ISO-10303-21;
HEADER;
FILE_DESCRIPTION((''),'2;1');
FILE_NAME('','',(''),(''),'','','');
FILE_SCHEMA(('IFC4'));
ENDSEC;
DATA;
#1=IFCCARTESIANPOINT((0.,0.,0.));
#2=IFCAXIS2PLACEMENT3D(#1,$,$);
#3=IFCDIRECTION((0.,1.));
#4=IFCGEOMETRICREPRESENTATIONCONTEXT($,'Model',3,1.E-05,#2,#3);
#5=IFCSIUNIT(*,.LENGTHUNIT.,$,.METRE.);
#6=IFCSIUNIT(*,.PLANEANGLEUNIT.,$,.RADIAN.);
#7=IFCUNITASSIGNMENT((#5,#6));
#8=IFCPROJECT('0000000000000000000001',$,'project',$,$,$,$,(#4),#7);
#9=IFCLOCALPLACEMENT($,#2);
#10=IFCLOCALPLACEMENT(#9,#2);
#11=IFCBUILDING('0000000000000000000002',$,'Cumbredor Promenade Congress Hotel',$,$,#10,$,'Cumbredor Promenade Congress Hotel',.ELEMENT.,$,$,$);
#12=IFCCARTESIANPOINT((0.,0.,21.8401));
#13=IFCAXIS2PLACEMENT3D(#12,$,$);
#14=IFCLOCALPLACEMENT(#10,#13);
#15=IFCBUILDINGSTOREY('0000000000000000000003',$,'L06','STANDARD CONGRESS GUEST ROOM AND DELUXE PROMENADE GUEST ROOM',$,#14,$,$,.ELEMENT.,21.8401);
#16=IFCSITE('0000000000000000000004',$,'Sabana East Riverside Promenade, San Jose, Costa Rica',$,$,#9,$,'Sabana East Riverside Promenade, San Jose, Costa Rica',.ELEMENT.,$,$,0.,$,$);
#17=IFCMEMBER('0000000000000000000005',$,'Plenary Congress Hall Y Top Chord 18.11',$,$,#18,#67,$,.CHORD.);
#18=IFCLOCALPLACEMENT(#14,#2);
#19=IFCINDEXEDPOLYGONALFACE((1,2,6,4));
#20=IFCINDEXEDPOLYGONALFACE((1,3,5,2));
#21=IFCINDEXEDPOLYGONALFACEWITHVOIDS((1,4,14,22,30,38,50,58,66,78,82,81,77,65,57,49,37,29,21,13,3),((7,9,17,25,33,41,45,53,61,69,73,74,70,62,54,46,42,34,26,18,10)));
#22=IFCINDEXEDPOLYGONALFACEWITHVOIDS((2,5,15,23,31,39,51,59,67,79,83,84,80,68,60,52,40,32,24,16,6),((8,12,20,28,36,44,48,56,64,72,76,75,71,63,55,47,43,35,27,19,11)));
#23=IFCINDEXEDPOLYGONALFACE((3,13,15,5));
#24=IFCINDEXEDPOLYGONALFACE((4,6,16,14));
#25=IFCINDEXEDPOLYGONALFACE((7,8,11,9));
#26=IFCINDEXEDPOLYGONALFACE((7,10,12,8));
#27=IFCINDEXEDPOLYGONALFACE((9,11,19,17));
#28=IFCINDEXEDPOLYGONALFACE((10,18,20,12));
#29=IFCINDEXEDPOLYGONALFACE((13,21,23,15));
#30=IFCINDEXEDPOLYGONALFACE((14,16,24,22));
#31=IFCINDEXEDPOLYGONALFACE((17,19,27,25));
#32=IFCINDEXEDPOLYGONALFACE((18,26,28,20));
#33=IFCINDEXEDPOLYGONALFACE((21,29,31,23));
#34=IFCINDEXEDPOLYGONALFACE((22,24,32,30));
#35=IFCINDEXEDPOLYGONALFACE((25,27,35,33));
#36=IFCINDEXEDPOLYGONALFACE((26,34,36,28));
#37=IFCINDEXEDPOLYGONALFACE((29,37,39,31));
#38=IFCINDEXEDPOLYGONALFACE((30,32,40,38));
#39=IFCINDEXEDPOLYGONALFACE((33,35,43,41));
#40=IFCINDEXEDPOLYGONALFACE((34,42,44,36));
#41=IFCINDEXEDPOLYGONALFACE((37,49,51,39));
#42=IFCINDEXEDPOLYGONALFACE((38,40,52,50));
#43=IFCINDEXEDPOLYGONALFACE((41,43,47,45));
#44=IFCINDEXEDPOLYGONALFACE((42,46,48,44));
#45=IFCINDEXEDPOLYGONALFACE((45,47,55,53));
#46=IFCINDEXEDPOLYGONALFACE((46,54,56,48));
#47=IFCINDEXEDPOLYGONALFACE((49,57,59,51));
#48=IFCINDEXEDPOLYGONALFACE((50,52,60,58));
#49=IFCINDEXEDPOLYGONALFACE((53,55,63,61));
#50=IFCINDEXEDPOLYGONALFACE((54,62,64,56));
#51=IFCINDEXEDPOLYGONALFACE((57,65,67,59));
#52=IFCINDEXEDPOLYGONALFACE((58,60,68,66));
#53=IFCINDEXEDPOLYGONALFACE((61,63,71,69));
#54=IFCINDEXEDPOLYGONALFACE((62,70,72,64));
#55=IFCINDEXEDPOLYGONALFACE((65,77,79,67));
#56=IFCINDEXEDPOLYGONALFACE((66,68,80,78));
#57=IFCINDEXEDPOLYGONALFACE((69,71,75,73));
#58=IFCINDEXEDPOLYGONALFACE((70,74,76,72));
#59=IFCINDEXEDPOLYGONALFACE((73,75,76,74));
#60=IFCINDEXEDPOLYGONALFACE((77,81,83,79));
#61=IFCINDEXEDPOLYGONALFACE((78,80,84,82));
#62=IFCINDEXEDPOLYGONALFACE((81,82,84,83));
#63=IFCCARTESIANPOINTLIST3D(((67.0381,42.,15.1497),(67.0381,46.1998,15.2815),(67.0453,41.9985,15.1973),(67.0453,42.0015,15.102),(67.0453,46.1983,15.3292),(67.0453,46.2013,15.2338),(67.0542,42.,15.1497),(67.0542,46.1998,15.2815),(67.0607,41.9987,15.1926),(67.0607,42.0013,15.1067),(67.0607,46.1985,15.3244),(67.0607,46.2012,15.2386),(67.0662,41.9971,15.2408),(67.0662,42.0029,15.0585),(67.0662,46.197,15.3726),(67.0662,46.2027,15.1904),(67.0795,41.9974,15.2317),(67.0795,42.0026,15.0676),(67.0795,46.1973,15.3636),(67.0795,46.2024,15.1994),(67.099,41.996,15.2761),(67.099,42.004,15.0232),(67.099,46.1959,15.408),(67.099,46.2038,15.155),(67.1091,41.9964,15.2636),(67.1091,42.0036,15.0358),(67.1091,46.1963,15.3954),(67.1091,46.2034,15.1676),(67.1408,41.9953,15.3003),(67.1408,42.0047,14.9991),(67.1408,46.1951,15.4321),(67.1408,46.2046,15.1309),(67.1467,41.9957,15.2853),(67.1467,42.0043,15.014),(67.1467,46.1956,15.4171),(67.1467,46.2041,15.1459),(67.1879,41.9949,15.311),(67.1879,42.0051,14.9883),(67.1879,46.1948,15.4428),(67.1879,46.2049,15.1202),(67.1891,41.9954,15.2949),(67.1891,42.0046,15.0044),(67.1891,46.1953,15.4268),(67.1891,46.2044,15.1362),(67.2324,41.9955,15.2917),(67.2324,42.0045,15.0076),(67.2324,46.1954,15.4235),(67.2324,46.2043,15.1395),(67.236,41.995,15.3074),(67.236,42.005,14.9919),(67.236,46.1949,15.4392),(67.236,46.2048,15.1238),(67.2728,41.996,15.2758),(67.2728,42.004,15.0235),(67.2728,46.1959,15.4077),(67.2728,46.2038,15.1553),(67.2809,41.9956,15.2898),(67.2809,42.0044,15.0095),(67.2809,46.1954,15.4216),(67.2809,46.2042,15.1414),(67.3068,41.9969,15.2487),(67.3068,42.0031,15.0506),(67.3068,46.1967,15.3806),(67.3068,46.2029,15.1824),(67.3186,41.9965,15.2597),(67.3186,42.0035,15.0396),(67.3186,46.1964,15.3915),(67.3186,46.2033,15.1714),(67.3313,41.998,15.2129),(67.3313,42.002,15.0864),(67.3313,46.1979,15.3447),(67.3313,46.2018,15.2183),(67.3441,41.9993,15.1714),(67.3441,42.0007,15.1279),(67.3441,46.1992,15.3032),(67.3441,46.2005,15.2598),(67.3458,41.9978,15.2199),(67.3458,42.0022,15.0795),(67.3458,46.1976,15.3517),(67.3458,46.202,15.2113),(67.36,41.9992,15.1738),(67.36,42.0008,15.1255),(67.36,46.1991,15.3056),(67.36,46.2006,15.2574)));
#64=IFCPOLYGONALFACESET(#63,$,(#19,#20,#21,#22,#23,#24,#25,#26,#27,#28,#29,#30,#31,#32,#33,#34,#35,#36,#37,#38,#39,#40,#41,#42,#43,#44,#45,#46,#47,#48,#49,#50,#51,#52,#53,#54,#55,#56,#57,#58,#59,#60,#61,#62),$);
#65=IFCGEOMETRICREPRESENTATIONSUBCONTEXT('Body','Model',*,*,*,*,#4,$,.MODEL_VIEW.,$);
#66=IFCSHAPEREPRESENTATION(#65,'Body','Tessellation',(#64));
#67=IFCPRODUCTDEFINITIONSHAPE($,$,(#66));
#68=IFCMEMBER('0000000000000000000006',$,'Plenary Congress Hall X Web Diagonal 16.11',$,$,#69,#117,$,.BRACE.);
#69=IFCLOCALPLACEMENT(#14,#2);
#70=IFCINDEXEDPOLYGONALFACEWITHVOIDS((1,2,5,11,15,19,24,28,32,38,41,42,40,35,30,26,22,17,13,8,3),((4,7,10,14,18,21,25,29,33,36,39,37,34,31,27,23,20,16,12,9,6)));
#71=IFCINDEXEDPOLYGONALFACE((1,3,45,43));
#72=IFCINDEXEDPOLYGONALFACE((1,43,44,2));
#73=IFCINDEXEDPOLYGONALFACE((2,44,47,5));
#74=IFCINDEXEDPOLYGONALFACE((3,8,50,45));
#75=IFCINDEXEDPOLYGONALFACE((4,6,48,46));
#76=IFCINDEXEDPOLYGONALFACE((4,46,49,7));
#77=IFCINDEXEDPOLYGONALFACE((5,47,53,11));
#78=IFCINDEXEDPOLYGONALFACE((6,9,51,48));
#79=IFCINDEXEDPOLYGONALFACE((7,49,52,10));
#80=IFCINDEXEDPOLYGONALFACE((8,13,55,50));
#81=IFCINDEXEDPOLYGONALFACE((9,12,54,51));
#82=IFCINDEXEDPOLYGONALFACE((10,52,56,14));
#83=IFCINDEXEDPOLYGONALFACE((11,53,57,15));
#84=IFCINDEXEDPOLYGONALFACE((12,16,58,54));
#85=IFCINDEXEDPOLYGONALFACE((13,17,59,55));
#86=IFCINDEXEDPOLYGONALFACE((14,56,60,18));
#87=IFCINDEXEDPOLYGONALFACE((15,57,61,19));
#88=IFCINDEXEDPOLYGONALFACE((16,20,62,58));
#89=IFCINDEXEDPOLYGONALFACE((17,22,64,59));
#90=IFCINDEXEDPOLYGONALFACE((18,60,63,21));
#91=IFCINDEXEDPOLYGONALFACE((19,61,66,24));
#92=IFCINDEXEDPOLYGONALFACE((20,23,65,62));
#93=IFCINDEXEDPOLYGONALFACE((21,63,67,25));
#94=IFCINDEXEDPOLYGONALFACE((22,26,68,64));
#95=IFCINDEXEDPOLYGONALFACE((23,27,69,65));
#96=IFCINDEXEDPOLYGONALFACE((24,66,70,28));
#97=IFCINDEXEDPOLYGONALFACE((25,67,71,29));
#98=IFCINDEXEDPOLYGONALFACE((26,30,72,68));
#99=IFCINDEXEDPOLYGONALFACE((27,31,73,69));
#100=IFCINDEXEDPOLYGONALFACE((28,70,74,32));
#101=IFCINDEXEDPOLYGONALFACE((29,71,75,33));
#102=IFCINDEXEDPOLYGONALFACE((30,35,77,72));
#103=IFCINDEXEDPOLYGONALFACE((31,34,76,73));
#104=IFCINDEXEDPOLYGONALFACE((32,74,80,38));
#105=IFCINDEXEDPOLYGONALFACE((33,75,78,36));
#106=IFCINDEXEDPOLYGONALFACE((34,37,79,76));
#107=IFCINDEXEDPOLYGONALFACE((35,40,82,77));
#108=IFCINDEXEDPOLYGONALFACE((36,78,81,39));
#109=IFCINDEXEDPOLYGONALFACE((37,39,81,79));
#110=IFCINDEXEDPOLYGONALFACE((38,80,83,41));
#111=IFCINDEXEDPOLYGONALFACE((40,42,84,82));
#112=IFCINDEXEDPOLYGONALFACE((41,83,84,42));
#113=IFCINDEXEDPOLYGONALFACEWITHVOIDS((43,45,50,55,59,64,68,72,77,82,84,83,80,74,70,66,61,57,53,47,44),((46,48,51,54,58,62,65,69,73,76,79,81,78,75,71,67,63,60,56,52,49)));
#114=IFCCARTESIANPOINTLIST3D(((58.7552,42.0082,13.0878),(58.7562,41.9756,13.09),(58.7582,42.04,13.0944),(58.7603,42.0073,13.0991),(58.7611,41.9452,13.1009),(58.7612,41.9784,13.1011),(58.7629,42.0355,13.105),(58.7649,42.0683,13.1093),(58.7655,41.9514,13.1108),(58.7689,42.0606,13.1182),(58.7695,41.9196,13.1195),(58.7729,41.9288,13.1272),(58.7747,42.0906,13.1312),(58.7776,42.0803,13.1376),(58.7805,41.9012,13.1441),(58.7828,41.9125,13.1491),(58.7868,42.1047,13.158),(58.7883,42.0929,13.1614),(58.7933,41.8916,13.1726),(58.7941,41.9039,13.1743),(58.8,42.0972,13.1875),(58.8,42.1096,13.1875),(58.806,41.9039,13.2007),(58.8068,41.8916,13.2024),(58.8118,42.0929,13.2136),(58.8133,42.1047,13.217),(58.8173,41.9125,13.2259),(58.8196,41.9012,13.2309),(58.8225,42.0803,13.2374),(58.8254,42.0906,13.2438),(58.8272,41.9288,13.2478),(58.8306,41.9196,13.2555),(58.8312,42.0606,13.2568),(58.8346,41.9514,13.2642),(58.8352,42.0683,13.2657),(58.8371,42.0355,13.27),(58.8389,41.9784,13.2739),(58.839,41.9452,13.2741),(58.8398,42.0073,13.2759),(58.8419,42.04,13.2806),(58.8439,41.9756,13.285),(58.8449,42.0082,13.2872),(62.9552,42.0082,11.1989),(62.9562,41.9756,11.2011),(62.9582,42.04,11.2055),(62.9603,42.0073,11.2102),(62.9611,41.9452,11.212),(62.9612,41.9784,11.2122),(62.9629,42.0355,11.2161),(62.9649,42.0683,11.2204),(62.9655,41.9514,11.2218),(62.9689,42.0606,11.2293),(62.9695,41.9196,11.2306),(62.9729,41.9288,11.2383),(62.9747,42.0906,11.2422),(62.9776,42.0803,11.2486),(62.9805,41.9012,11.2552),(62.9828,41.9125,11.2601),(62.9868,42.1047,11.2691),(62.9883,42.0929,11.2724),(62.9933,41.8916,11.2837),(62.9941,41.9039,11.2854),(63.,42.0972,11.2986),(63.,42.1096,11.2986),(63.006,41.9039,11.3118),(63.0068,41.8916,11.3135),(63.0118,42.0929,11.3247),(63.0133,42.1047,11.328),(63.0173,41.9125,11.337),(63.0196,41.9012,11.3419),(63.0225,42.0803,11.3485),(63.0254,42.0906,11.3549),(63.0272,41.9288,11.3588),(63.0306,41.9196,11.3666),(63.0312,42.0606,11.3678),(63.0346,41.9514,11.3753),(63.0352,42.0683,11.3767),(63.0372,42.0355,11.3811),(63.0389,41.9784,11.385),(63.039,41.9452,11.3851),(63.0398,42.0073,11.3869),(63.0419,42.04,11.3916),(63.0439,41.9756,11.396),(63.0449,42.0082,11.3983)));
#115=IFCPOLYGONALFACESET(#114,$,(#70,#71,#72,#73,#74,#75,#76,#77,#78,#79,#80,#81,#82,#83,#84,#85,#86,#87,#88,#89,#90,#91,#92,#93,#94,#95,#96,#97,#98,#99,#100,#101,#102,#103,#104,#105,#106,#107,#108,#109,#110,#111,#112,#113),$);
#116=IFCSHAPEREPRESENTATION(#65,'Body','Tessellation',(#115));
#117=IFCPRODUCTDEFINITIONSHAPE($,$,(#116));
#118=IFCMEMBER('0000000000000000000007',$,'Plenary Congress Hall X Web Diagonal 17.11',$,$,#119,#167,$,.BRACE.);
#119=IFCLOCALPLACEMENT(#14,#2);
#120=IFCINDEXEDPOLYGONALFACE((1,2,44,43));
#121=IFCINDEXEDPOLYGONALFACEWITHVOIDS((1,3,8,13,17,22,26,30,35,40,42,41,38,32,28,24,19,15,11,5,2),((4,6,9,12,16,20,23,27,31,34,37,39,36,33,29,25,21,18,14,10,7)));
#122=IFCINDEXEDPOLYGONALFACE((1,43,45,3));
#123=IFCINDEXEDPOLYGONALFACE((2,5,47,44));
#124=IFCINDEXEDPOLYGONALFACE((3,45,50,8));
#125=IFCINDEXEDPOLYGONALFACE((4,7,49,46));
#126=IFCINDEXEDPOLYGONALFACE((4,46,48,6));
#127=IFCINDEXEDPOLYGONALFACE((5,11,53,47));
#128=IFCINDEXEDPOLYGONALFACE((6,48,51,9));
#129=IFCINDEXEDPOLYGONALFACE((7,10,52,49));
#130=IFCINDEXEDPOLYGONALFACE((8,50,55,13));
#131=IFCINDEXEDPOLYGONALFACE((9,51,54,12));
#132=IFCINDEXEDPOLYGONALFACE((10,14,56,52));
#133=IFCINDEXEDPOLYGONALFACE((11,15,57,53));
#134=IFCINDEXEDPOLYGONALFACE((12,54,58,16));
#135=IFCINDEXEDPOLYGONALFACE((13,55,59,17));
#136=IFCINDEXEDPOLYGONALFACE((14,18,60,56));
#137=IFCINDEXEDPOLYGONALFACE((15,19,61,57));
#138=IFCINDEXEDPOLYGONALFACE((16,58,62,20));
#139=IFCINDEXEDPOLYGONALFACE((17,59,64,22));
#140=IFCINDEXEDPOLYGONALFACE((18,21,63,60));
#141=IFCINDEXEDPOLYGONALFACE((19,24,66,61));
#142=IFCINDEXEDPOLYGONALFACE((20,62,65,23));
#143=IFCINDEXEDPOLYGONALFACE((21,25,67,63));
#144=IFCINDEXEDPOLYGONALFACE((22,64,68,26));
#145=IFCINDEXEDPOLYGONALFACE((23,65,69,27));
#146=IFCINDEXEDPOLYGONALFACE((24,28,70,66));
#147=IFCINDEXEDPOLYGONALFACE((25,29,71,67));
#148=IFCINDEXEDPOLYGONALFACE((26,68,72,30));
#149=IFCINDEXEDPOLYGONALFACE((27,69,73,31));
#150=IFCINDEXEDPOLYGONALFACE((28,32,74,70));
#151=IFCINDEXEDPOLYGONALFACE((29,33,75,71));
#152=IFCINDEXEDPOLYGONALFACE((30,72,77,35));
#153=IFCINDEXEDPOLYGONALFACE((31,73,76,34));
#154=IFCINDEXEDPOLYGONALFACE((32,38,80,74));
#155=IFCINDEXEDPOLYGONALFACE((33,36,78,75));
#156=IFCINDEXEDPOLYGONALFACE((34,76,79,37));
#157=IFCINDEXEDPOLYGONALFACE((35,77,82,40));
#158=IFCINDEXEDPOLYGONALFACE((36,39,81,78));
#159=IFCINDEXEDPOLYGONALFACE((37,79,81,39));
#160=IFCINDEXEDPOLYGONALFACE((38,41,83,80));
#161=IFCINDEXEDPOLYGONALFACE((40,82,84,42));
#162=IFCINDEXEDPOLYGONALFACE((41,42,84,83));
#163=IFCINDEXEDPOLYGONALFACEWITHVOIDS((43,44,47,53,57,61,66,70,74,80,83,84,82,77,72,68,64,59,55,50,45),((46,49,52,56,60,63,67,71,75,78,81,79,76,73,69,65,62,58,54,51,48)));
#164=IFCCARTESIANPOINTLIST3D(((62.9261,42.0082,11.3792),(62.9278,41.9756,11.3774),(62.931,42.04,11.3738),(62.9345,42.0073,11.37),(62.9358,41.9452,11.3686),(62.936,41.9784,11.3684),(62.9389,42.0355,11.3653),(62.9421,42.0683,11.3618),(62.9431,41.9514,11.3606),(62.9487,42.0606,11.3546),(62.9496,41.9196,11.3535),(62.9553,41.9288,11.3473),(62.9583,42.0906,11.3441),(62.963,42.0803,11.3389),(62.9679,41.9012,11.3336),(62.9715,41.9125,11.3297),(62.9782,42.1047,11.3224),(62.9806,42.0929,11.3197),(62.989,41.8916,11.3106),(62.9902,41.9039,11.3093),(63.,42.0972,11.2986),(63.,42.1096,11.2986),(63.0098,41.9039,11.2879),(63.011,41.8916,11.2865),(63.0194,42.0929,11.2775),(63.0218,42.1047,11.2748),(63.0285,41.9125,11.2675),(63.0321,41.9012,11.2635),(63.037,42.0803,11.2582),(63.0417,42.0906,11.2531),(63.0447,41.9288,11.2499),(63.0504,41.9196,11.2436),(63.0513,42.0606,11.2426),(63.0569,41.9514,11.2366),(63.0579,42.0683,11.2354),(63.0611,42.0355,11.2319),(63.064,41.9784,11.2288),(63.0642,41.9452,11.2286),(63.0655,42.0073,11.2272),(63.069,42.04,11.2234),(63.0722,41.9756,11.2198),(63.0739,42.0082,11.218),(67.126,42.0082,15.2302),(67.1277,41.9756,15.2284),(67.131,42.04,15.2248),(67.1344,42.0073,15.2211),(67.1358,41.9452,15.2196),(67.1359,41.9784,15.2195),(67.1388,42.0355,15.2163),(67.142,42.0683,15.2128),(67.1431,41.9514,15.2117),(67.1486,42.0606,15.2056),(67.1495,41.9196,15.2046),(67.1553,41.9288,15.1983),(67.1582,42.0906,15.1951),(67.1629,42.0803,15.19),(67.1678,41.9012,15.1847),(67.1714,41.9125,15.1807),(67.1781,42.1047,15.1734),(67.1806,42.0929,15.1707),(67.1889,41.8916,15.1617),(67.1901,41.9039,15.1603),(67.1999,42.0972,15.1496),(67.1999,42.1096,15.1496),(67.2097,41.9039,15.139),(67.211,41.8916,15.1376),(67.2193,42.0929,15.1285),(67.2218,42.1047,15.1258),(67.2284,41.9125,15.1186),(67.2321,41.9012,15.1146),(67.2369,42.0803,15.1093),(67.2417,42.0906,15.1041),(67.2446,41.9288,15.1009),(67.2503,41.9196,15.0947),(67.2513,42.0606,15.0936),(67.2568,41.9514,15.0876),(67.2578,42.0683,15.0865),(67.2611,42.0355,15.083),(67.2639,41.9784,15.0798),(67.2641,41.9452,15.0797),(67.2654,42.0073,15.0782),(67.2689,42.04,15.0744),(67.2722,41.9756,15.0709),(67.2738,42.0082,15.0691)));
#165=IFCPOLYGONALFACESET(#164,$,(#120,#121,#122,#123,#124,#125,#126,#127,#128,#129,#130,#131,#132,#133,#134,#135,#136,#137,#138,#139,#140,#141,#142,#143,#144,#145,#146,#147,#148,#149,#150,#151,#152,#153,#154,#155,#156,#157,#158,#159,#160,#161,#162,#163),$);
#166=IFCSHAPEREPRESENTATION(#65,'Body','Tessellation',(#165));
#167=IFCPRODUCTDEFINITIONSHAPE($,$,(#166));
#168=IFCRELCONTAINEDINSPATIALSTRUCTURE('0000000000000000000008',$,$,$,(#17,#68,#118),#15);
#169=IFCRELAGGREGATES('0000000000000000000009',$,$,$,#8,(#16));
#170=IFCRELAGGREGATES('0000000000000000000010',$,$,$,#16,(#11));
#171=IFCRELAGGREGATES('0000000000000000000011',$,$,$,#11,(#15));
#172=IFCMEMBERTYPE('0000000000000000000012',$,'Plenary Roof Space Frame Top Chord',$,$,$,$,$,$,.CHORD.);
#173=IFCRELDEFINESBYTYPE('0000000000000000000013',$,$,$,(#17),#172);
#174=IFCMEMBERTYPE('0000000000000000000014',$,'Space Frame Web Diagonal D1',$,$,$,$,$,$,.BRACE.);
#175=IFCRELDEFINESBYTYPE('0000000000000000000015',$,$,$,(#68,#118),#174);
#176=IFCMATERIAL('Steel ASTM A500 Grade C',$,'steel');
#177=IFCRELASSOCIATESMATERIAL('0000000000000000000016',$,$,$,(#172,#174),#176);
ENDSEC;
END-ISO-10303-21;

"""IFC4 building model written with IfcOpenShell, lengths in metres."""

from ifc_helpers import new_model, si_unit, direction, frame, origin, origin_2d, place, context, subcontext, project, spatial, hollow_circle, extrude, material, material_profile, profile_set, type_object, element, save


model = new_model("IFC4")

# Units and contexts
model_context = context("Model", 3, precision=1e-05, world=origin(), true_north=direction((0.0, 1.0)))
body_context = subcontext(model_context, "Body", "Model", "MODEL_VIEW")
ifc_project = project(units=[si_unit("LENGTHUNIT", "METRE"), si_unit("PLANEANGLEUNIT", "RADIAN")], contexts=[model_context])

# Site, building, storey
site_placement = place(None, origin())
site = spatial("IfcSite", under=ifc_project, at=site_placement, Name="Sabana East Riverside Promenade, San Jose, Costa Rica", LongName="Sabana East Riverside Promenade, San Jose, Costa Rica", CompositionType="ELEMENT", RefElevation=0.0)
building_placement = place(site_placement, origin())
building = spatial("IfcBuilding", under=site, at=building_placement, Name="Cumbredor Promenade Congress Hotel", LongName="Cumbredor Promenade Congress Hotel", CompositionType="ELEMENT")
storey_placement = place(building_placement, frame((0.0, 0.0, 21.8401)))
storey = spatial("IfcBuildingStorey", under=building, at=storey_placement, Name="L06", Description="STANDARD CONGRESS GUEST ROOM AND DELUXE PROMENADE GUEST ROOM", CompositionType="ELEMENT", Elevation=21.8401)

# Members
ifc_material_1 = material(Name="Steel ASTM A500 Grade C", Category="steel")
ifc_material_profile_1 = material_profile(ifc_material_1, hollow_circle(Radius=0.1619, WallThickness=0.0161, at=origin_2d()), Name="CHS 323.9x16")
ifc_profile_set_1 = profile_set([ifc_material_profile_1], Name="Steel ASTM A500 Grade C")
member_type_1 = type_object("IfcMemberType", Name="Plenary Roof Space Frame Top Chord", PredefinedType="CHORD", material=ifc_profile_set_1)
member_1_placement = place(storey_placement, frame((67.2, 42.0, 15.1497), z_axis=(0.0, 0.999508, 0.031374), x_axis=(-1.0, 0.0, 0.0)))
element("IfcMember", 1, at=member_1_placement, inside=storey, type_object=member_type_1, Name="Plenary Congress Hall Y Top Chord 18.11", PredefinedType="CHORD", context=body_context, shape_type="SweptSolid", body=[
    extrude(hollow_circle(Radius=0.1619, WallThickness=0.0161, at=origin_2d()), origin(), (0.0, 0.0, 1.0), 4.2019),
])
ifc_material_profile_2 = material_profile(ifc_material_1, hollow_circle(Radius=0.1096, WallThickness=0.0125, at=origin_2d()), Name="CHS 219.1x12.5")
ifc_profile_set_2 = profile_set([ifc_material_profile_2], Name="Steel ASTM A500 Grade C")
member_type_2 = type_object("IfcMemberType", Name="Space Frame Web Diagonal D1", PredefinedType="BRACE", material=ifc_profile_set_2)
member_2_placement = place(storey_placement, frame((58.8, 42.0, 13.1875), z_axis=(0.912008, 0.0, -0.410173), x_axis=(0.0, 1.0, 0.0)))
element("IfcMember", 2, at=member_2_placement, inside=storey, type_object=member_type_2, Name="Plenary Congress Hall X Web Diagonal 16.11", PredefinedType="BRACE", context=body_context, shape_type="SweptSolid", body=[
    extrude(hollow_circle(Radius=0.1096, WallThickness=0.0125, at=origin_2d()), origin(), (0.0, 0.0, 1.0), 4.6052),
])
member_3_placement = place(storey_placement, frame((63.0, 42.0, 11.2986), z_axis=(0.737056, 0.0, 0.675831), x_axis=(0.0, 1.0, 0.0)))
element("IfcMember", 3, at=member_3_placement, inside=storey, type_object=member_type_2, Name="Plenary Congress Hall X Web Diagonal 17.11", PredefinedType="BRACE", context=body_context, shape_type="SweptSolid", body=[
    extrude(hollow_circle(Radius=0.1096, WallThickness=0.0125, at=origin_2d()), origin(), (0.0, 0.0, 1.0), 5.6982),
])

save(model, "model.ifc")
